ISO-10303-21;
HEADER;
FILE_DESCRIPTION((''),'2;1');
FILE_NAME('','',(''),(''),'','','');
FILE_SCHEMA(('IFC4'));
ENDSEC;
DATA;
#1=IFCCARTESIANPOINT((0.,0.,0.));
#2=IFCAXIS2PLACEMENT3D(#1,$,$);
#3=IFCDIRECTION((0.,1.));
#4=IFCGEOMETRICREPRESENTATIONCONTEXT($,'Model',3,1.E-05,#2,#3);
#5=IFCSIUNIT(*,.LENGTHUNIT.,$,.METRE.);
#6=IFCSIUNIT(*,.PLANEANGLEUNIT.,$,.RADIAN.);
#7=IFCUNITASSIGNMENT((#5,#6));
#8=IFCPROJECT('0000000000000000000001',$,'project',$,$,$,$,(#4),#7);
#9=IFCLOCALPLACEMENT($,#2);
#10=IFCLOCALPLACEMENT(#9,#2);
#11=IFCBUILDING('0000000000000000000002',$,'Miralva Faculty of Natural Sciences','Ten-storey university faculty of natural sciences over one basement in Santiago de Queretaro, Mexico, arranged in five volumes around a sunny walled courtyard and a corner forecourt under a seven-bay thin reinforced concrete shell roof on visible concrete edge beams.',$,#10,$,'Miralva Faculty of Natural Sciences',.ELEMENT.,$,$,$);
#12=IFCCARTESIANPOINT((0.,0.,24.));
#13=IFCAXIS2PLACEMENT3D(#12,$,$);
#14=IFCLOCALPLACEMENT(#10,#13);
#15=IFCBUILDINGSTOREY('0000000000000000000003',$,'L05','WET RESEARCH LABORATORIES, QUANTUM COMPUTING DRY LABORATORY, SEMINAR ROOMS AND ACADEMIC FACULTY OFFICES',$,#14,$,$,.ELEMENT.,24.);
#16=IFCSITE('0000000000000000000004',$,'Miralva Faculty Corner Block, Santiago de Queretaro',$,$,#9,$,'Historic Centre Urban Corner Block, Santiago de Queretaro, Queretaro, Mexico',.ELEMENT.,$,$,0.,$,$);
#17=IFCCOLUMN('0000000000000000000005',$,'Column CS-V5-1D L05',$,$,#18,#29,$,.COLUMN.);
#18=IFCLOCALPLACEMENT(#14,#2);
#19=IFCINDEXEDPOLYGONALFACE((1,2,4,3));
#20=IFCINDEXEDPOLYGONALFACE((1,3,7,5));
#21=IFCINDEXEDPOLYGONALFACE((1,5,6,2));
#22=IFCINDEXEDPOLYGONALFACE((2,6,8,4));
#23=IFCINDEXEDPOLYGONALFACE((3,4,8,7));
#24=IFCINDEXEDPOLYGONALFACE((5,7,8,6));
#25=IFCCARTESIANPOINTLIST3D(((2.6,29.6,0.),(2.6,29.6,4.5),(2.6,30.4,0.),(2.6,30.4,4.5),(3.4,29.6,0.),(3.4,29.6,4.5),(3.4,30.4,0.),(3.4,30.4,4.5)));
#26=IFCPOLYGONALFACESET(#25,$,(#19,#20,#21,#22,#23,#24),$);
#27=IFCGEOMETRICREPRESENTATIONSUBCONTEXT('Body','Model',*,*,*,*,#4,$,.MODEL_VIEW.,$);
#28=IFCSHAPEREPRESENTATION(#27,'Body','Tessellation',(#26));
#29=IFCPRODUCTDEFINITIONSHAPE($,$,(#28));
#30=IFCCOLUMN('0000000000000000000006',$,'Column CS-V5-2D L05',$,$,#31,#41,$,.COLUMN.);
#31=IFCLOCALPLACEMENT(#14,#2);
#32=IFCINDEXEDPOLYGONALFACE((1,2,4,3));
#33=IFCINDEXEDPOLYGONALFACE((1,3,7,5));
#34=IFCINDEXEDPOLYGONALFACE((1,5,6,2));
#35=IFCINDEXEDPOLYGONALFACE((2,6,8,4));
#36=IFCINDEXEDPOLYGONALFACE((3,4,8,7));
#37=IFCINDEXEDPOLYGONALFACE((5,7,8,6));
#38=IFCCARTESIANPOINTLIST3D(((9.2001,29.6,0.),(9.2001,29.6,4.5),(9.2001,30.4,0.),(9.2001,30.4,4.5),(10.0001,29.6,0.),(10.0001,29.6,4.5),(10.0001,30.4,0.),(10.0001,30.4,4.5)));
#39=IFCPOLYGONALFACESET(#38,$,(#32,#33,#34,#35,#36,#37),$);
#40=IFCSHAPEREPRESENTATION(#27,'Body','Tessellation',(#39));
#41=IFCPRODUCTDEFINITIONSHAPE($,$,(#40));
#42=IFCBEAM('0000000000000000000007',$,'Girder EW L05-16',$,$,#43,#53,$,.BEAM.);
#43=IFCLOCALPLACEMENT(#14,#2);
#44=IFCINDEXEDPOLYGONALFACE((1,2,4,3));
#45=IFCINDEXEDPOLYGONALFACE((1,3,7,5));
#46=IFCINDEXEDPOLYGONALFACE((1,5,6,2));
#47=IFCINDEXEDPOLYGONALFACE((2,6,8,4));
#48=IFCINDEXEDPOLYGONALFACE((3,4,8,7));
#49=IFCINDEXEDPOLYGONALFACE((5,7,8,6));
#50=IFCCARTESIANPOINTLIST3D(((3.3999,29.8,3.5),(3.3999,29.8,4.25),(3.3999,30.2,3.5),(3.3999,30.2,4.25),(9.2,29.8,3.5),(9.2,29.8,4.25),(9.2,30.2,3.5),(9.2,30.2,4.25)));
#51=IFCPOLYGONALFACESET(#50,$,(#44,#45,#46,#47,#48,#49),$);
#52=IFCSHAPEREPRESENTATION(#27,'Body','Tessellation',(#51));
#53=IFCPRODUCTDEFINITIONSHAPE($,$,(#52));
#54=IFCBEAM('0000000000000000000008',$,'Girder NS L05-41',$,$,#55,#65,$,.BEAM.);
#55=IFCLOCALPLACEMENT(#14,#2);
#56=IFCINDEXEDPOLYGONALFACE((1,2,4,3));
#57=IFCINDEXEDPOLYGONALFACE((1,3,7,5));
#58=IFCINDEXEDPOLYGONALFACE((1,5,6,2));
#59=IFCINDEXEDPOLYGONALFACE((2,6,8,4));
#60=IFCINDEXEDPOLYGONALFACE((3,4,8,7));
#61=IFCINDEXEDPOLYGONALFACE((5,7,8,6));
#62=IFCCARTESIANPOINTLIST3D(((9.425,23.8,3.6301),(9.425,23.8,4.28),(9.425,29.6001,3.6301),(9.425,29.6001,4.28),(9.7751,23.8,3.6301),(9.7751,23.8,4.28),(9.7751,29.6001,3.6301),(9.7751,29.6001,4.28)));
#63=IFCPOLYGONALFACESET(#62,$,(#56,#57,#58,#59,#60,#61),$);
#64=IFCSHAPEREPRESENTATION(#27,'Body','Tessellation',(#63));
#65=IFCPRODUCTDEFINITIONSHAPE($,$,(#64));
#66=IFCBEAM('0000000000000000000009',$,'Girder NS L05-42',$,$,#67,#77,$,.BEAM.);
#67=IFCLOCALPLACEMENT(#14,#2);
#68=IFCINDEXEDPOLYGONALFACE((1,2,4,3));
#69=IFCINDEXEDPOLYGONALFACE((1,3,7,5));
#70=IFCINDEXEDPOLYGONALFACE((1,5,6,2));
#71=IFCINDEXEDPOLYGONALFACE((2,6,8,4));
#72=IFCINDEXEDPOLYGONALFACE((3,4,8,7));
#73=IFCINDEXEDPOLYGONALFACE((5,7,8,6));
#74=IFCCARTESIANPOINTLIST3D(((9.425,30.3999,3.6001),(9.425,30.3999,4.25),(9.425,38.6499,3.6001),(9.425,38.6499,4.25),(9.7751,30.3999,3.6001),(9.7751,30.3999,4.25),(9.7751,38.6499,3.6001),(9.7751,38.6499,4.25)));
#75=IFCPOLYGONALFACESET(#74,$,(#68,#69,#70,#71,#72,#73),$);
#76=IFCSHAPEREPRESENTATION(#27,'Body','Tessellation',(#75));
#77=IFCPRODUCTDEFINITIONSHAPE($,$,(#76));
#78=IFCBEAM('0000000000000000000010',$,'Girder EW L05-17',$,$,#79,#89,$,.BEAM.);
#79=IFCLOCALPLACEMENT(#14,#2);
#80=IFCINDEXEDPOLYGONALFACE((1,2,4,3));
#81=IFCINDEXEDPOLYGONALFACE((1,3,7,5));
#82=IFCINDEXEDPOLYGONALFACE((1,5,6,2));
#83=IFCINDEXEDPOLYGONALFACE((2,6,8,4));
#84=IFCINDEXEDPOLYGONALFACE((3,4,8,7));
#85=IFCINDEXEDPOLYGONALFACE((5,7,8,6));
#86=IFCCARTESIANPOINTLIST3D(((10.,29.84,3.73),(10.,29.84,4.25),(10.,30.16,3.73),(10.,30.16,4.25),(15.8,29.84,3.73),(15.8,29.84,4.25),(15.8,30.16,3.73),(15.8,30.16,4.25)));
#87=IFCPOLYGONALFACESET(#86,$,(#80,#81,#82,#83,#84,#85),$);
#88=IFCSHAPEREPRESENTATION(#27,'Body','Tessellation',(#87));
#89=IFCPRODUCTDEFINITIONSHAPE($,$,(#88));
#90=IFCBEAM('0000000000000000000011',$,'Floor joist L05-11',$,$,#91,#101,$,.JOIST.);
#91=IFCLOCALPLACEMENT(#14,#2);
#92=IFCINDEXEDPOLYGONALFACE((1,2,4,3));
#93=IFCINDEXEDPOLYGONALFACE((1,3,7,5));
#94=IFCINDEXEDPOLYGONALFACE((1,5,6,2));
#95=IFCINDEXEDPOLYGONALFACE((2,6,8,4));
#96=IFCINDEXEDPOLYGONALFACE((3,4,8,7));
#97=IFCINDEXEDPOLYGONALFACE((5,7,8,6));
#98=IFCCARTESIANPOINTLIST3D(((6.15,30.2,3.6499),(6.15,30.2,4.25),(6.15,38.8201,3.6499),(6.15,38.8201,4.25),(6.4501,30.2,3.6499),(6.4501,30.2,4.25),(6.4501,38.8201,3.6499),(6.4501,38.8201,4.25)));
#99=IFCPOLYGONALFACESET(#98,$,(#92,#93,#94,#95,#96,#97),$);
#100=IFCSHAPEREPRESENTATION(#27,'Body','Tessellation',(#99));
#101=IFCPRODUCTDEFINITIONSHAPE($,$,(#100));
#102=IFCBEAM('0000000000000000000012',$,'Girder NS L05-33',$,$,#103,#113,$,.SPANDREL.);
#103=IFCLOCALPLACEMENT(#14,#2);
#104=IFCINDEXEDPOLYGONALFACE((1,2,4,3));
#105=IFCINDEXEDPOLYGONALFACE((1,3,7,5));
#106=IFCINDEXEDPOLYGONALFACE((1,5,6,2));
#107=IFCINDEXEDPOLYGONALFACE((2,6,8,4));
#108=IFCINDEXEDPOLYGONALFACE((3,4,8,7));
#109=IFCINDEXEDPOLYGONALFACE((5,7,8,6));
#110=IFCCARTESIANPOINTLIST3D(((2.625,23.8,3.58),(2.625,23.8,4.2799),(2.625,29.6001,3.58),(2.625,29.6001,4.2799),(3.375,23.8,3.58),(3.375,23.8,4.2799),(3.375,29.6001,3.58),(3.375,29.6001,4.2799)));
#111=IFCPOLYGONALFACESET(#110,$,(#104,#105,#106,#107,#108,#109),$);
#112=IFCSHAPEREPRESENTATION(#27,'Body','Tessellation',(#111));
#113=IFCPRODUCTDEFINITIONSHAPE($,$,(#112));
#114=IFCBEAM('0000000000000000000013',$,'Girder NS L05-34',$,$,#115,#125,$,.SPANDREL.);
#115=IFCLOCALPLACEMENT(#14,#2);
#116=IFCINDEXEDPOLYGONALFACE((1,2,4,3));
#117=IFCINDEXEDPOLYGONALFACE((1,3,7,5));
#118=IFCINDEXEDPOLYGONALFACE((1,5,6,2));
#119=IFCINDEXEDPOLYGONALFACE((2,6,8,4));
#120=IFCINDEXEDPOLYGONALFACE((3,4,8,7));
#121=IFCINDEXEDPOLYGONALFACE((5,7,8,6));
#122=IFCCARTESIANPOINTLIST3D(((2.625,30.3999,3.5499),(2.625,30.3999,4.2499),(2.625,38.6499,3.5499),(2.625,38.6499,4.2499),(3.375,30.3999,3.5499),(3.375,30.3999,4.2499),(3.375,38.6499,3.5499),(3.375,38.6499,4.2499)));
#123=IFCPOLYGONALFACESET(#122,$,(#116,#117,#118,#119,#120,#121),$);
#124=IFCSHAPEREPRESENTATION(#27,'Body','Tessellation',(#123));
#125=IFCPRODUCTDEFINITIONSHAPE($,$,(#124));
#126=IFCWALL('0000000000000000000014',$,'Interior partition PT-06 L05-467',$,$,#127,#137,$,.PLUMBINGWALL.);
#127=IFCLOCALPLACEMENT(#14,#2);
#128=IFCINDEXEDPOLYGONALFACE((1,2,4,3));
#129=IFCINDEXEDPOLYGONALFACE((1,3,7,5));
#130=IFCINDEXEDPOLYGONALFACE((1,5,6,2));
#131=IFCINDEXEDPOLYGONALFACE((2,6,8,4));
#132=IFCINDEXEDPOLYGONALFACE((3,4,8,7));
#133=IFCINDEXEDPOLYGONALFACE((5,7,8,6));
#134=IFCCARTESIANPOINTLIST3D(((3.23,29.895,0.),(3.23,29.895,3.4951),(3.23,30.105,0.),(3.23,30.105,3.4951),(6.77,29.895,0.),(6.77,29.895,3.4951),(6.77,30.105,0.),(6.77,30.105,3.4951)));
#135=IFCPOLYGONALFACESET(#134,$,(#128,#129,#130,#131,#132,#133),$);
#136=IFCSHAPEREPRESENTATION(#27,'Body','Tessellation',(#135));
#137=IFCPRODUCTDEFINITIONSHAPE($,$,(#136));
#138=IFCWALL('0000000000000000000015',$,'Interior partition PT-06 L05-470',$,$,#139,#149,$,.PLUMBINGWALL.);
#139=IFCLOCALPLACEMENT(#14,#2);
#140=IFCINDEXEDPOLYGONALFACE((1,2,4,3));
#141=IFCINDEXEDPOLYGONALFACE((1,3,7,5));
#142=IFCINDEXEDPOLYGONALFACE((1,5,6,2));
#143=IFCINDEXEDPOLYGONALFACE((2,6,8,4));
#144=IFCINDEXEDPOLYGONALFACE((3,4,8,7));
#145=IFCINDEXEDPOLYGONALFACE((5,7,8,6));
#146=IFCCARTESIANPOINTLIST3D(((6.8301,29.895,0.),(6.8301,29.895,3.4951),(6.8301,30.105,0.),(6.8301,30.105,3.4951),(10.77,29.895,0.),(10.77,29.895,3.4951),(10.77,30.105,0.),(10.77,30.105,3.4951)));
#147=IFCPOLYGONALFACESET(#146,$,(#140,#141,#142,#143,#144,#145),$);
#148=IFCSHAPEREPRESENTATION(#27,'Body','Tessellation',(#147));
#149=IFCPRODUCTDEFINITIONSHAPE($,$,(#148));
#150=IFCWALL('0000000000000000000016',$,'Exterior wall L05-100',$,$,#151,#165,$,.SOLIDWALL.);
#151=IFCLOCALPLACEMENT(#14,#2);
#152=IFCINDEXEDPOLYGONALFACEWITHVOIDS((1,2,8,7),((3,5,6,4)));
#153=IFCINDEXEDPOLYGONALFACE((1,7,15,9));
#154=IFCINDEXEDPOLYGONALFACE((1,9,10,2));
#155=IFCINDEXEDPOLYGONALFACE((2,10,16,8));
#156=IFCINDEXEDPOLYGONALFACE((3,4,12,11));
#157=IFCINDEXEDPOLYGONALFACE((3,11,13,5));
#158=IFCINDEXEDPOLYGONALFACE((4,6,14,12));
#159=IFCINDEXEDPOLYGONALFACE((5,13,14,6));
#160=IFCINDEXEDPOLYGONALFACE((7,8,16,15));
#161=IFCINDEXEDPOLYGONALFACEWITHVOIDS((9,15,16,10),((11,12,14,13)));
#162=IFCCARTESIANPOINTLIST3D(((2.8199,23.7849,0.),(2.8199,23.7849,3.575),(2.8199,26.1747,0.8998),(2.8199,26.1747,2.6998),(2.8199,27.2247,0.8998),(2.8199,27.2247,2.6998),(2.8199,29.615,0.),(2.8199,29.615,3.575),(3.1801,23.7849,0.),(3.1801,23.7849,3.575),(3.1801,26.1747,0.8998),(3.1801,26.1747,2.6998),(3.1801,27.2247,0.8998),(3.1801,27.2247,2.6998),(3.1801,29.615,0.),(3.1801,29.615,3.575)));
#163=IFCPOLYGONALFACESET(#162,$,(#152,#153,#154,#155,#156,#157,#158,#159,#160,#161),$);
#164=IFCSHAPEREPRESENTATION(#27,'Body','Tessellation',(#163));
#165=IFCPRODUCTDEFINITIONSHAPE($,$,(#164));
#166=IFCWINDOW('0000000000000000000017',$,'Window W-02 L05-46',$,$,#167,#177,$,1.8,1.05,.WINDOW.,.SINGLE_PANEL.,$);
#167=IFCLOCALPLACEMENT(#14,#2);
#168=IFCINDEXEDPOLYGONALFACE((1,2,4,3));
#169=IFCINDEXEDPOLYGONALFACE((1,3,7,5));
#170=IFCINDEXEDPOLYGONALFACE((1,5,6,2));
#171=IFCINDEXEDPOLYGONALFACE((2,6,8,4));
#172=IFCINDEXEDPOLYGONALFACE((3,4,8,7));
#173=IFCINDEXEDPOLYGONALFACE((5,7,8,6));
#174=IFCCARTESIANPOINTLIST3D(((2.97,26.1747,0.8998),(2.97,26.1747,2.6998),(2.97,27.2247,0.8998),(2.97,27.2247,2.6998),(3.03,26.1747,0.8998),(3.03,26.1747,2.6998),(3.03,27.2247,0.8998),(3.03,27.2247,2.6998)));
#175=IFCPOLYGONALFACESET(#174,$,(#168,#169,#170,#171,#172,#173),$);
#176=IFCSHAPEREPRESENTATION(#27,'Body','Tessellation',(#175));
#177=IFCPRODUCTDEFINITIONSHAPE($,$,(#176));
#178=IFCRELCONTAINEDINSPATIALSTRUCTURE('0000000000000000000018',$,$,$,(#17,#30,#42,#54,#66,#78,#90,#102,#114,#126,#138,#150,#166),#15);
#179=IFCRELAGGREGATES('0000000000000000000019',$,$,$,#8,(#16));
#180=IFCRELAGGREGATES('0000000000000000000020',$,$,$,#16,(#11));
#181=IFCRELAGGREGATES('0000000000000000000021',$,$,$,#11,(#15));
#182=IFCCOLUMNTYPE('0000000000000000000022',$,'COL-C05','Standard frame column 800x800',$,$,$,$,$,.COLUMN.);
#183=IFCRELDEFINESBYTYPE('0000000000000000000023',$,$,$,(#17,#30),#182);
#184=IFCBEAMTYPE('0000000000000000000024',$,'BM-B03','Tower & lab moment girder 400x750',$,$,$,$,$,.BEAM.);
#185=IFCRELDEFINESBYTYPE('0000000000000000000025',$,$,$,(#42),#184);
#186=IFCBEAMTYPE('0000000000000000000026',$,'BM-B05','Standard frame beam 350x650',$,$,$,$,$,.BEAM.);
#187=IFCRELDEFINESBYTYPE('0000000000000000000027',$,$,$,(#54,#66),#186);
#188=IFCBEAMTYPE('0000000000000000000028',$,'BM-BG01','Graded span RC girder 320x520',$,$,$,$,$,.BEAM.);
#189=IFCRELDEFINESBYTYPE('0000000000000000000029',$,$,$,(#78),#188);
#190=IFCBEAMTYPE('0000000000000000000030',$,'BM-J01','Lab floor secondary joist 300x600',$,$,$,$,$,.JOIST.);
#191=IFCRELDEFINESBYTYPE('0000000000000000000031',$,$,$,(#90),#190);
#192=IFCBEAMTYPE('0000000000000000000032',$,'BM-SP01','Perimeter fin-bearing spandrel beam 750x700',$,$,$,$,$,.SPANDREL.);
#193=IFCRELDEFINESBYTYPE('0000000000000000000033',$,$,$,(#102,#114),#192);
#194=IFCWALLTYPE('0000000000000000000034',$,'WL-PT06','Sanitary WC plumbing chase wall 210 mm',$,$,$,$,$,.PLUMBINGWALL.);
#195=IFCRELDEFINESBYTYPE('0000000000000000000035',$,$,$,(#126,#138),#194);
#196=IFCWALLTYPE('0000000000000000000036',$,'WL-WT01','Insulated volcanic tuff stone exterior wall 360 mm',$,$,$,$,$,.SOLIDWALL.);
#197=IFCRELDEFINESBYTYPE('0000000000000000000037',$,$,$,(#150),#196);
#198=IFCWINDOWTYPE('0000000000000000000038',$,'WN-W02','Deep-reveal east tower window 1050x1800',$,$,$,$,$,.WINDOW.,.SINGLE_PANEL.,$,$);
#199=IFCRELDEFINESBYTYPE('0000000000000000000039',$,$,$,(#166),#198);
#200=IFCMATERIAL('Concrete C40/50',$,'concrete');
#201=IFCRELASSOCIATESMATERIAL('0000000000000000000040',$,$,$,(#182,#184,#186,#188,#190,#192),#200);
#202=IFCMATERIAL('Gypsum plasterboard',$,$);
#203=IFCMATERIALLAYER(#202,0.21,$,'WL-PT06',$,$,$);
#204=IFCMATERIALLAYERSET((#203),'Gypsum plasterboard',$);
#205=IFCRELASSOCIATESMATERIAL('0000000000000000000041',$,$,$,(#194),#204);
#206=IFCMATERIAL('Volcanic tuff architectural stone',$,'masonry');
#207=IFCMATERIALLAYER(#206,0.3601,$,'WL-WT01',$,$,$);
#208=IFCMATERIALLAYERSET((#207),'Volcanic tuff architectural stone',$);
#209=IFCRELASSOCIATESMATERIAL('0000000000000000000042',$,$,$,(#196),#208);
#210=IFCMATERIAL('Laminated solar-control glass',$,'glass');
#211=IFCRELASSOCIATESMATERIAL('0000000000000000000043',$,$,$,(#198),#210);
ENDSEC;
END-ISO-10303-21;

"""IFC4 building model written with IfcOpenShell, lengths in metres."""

from ifc_helpers import new_model, si_unit, direction, frame, frame_2d, origin, origin_2d, place, context, subcontext, project, spatial, rectangle, extrude, material, layer, layer_set, material_profile, profile_set, type_object, element, fill, save


model = new_model("IFC4")

# Units and contexts
model_context = context("Model", 3, precision=1e-05, world=origin(), true_north=direction((0.0, 1.0)))
body_context = subcontext(model_context, "Body", "Model", "MODEL_VIEW")
ifc_project = project(units=[si_unit("LENGTHUNIT", "METRE"), si_unit("PLANEANGLEUNIT", "RADIAN")], contexts=[model_context])

# Site, building, storey
site_placement = place(None, origin())
site = spatial("IfcSite", under=ifc_project, at=site_placement, Name="Miralva Faculty Corner Block, Santiago de Queretaro", LongName="Historic Centre Urban Corner Block, Santiago de Queretaro, Queretaro, Mexico", CompositionType="ELEMENT", RefElevation=0.0)
building_placement = place(site_placement, origin())
building = spatial("IfcBuilding", under=site, at=building_placement, Name="Miralva Faculty of Natural Sciences", Description="Ten-storey university faculty of natural sciences over one basement in Santiago de Queretaro, Mexico, arranged in five volumes around a sunny walled courtyard and a corner forecourt under a seven-bay thin reinforced concrete shell roof on visible concrete edge beams.", LongName="Miralva Faculty of Natural Sciences", CompositionType="ELEMENT")
storey_placement = place(building_placement, frame((0.0, 0.0, 24.0)))
storey = spatial("IfcBuildingStorey", under=building, at=storey_placement, Name="L05", Description="WET RESEARCH LABORATORIES, QUANTUM COMPUTING DRY LABORATORY, SEMINAR ROOMS AND ACADEMIC FACULTY OFFICES", CompositionType="ELEMENT", Elevation=24.0)

# Columns
ifc_material_1 = material(Name="Concrete C40/50", Category="concrete")
ifc_material_profile_1 = material_profile(ifc_material_1, rectangle(XDim=0.8, YDim=0.8, at=origin_2d()), Name="RC 800x800")
ifc_profile_set_1 = profile_set([ifc_material_profile_1], Name="Concrete C40/50")
column_type = type_object("IfcColumnType", Name="COL-C05", Description="Standard frame column 800x800", PredefinedType="COLUMN", material=ifc_profile_set_1)
for number, where, z_axis, x_axis, name in (
    (1, (3.0, 30.0, 0.0), (0.0, 0.0, 1.0), (1.0, 0.0, 0.0), "Column CS-V5-1D L05"),
    (2, (9.6001, 30.0, 0.0), (0.0, 0.0, 1.0), (1.0, 0.0, 0.0), "Column CS-V5-2D L05"),
):
    element("IfcColumn", number, at=place(storey_placement, frame(where, z_axis=z_axis, x_axis=x_axis)), inside=storey, type_object=column_type, Name=name, PredefinedType="COLUMN", context=body_context, shape_type="SweptSolid", body=[
        extrude(rectangle(XDim=0.8, YDim=0.8, at=origin_2d()), origin(), (0.0, 0.0, 1.0), 4.5),
    ])

# Beams
ifc_material_profile_2 = material_profile(ifc_material_1, rectangle(XDim=0.3999, YDim=0.75, at=origin_2d()), Name="RC 400x750")
ifc_profile_set_2 = profile_set([ifc_material_profile_2], Name="Concrete C40/50")
beam_type_1 = type_object("IfcBeamType", Name="BM-B03", Description="Tower & lab moment girder 400x750", PredefinedType="BEAM", material=ifc_profile_set_2)
beam_1_placement = place(storey_placement, frame((3.3999, 30.0, 3.875), z_axis=(1.0, 0.0, 0.0), x_axis=(0.0, 1.0, 0.0)))
element("IfcBeam", 3, at=beam_1_placement, inside=storey, type_object=beam_type_1, Name="Girder EW L05-16", PredefinedType="BEAM", context=body_context, shape_type="SweptSolid", body=[
    extrude(rectangle(XDim=0.3999, YDim=0.75, at=origin_2d()), origin(), (0.0, 0.0, 1.0), 5.8),
])
ifc_material_profile_3 = material_profile(ifc_material_1, rectangle(XDim=0.3501, YDim=0.6499, at=origin_2d()), Name="RC 350x650")
ifc_profile_set_3 = profile_set([ifc_material_profile_3], Name="Concrete C40/50")
beam_type_2 = type_object("IfcBeamType", Name="BM-B05", Description="Standard frame beam 350x650", PredefinedType="BEAM", material=ifc_profile_set_3)
beam_2_placement = place(storey_placement, frame((9.6001, 23.8, 3.9551), z_axis=(0.0, 1.0, 0.0), x_axis=(-1.0, 0.0, 0.0)))
element("IfcBeam", 4, at=beam_2_placement, inside=storey, type_object=beam_type_2, Name="Girder NS L05-41", PredefinedType="BEAM", context=body_context, shape_type="SweptSolid", body=[
    extrude(rectangle(XDim=0.3501, YDim=0.6499, at=origin_2d()), origin(), (0.0, 0.0, 1.0), 5.8),
])
beam_3_placement = place(storey_placement, frame((9.6001, 30.3999, 3.925), z_axis=(0.0, 1.0, 0.0), x_axis=(-1.0, 0.0, 0.0)))
element("IfcBeam", 5, at=beam_3_placement, inside=storey, type_object=beam_type_2, Name="Girder NS L05-42", PredefinedType="BEAM", context=body_context, shape_type="SweptSolid", body=[
    extrude(rectangle(XDim=0.3501, YDim=0.6499, at=origin_2d()), origin(), (0.0, 0.0, 1.0), 8.25),
])
ifc_material_profile_4 = material_profile(ifc_material_1, rectangle(XDim=0.3201, YDim=0.52, at=origin_2d()), Name="RC 320x520")
ifc_profile_set_4 = profile_set([ifc_material_profile_4], Name="Concrete C40/50")
beam_type_3 = type_object("IfcBeamType", Name="BM-BG01", Description="Graded span RC girder 320x520", PredefinedType="BEAM", material=ifc_profile_set_4)
beam_4_placement = place(storey_placement, frame((10.0, 30.0, 3.99), z_axis=(1.0, 0.0, 0.0), x_axis=(0.0, 1.0, 0.0)))
element("IfcBeam", 6, at=beam_4_placement, inside=storey, type_object=beam_type_3, Name="Girder EW L05-17", PredefinedType="BEAM", context=body_context, shape_type="SweptSolid", body=[
    extrude(rectangle(XDim=0.3201, YDim=0.52, at=origin_2d()), origin(), (0.0, 0.0, 1.0), 5.8),
])
ifc_material_profile_5 = material_profile(ifc_material_1, rectangle(XDim=0.3, YDim=0.6001, at=origin_2d()), Name="RC 300x600")
ifc_profile_set_5 = profile_set([ifc_material_profile_5], Name="Concrete C40/50")
beam_type_4 = type_object("IfcBeamType", Name="BM-J01", Description="Lab floor secondary joist 300x600", PredefinedType="JOIST", material=ifc_profile_set_5)
beam_5_placement = place(storey_placement, frame((6.3, 30.2, 3.95), z_axis=(0.0, 1.0, 0.0), x_axis=(-1.0, 0.0, 0.0)))
element("IfcBeam", 7, at=beam_5_placement, inside=storey, type_object=beam_type_4, Name="Floor joist L05-11", PredefinedType="JOIST", context=body_context, shape_type="SweptSolid", body=[
    extrude(rectangle(XDim=0.3, YDim=0.6001, at=origin_2d()), origin(), (0.0, 0.0, 1.0), 8.6201),
])
ifc_material_profile_6 = material_profile(ifc_material_1, rectangle(XDim=0.75, YDim=0.7, at=origin_2d()), Name="RC 750x700")
ifc_profile_set_6 = profile_set([ifc_material_profile_6], Name="Concrete C40/50")
beam_type_5 = type_object("IfcBeamType", Name="BM-SP01", Description="Perimeter fin-bearing spandrel beam 750x700", PredefinedType="SPANDREL", material=ifc_profile_set_6)
beam_6_placement = place(storey_placement, frame((3.0, 23.8, 3.9299), z_axis=(0.0, 1.0, 0.0), x_axis=(-1.0, 0.0, 0.0)))
element("IfcBeam", 8, at=beam_6_placement, inside=storey, type_object=beam_type_5, Name="Girder NS L05-33", PredefinedType="SPANDREL", context=body_context, shape_type="SweptSolid", body=[
    extrude(rectangle(XDim=0.75, YDim=0.7, at=origin_2d()), origin(), (0.0, 0.0, 1.0), 5.8),
])
beam_7_placement = place(storey_placement, frame((3.0, 30.3999, 3.8999), z_axis=(0.0, 1.0, 0.0), x_axis=(-1.0, 0.0, 0.0)))
element("IfcBeam", 9, at=beam_7_placement, inside=storey, type_object=beam_type_5, Name="Girder NS L05-34", PredefinedType="SPANDREL", context=body_context, shape_type="SweptSolid", body=[
    extrude(rectangle(XDim=0.75, YDim=0.7, at=origin_2d()), origin(), (0.0, 0.0, 1.0), 8.25),
])

# Walls
ifc_material_2 = material(Name="Gypsum plasterboard")
ifc_layer_1 = layer(ifc_material_2, 0.21, Name="WL-PT06")
ifc_layer_set_1 = layer_set([ifc_layer_1], Name="Gypsum plasterboard")
wall_type_1 = type_object("IfcWallType", Name="WL-PT06", Description="Sanitary WC plumbing chase wall 210 mm", PredefinedType="PLUMBINGWALL", material=ifc_layer_set_1)
wall_1_placement = place(storey_placement, frame((3.23, 30.0, 0.0), z_axis=(0.0, 0.0, 1.0), x_axis=(1.0, 0.0, 0.0)))
element("IfcWall", 10, at=wall_1_placement, inside=storey, type_object=wall_type_1, Name="Interior partition PT-06 L05-467", PredefinedType="PLUMBINGWALL", context=body_context, shape_type="SweptSolid", body=[
    extrude(rectangle(XDim=3.54, YDim=0.21, at=frame_2d((1.77, 0.0))), origin(), (0.0, 0.0, 1.0), 3.4951),
])
wall_2_placement = place(storey_placement, frame((6.8301, 30.0, 0.0), z_axis=(0.0, 0.0, 1.0), x_axis=(1.0, 0.0, 0.0)))
element("IfcWall", 11, at=wall_2_placement, inside=storey, type_object=wall_type_1, Name="Interior partition PT-06 L05-470", PredefinedType="PLUMBINGWALL", context=body_context, shape_type="SweptSolid", body=[
    extrude(rectangle(XDim=3.9399, YDim=0.21, at=frame_2d((1.97, 0.0))), origin(), (0.0, 0.0, 1.0), 3.4951),
])

# Wall, opening, window
ifc_material_3 = material(Name="Volcanic tuff architectural stone", Category="masonry")
ifc_layer_2 = layer(ifc_material_3, 0.3601, Name="WL-WT01")
ifc_layer_set_2 = layer_set([ifc_layer_2], Name="Volcanic tuff architectural stone")
wall_type_2 = type_object("IfcWallType", Name="WL-WT01", Description="Insulated volcanic tuff stone exterior wall 360 mm", PredefinedType="SOLIDWALL", material=ifc_layer_set_2)
wall_3_placement = place(storey_placement, frame((3.0, 23.7849, 0.0), z_axis=(0.0, 0.0, 1.0), x_axis=(0.0, 1.0, 0.0)))
wall_3 = element("IfcWall", 12, at=wall_3_placement, inside=storey, type_object=wall_type_2, Name="Exterior wall L05-100", PredefinedType="SOLIDWALL", context=body_context, shape_type="SweptSolid", body=[
    extrude(rectangle(XDim=5.8301, YDim=0.3601, at=frame_2d((2.915, 0.0))), origin(), (0.0, 0.0, 1.0), 3.575),
])
opening_1_placement = place(wall_3_placement, frame((2.3899, 0.0, 0.8999)))
opening_1 = element("IfcOpeningElement", 13, at=opening_1_placement, cuts=wall_3, PredefinedType="OPENING", context=body_context, shape_type="SweptSolid", body=[
    extrude(rectangle(XDim=1.05, YDim=1.8, at=frame_2d((0.5249, 0.8999))), frame((0.0, 0.1899, 0.0), z_axis=(0.0, -1.0, 0.0), x_axis=(1.0, 0.0, 0.0)), (0.0, 0.0, 1.0), 0.3801),
])
ifc_material_4 = material(Name="Laminated solar-control glass", Category="glass")
window_type_1 = type_object("IfcWindowType", Name="WN-W02", Description="Deep-reveal east tower window 1050x1800", PartitioningType="SINGLE_PANEL", PredefinedType="WINDOW", material=ifc_material_4)
window_1_placement = place(opening_1_placement, origin())
window_1 = element("IfcWindow", 14, at=window_1_placement, inside=storey, type_object=window_type_1, Name="Window W-02 L05-46", OverallHeight=1.8, OverallWidth=1.05, PartitioningType="SINGLE_PANEL", PredefinedType="WINDOW", context=body_context, shape_type="SweptSolid", body=[
    extrude(rectangle(XDim=1.05, YDim=1.8, at=frame_2d((0.5249, 0.8999))), frame((0.0, 0.03, 0.0), z_axis=(0.0, -1.0, 0.0), x_axis=(1.0, 0.0, 0.0)), (0.0, 0.0, 1.0), 0.0601),
])
fill(opening_1, window_1)

save(model, "model.ifc")
